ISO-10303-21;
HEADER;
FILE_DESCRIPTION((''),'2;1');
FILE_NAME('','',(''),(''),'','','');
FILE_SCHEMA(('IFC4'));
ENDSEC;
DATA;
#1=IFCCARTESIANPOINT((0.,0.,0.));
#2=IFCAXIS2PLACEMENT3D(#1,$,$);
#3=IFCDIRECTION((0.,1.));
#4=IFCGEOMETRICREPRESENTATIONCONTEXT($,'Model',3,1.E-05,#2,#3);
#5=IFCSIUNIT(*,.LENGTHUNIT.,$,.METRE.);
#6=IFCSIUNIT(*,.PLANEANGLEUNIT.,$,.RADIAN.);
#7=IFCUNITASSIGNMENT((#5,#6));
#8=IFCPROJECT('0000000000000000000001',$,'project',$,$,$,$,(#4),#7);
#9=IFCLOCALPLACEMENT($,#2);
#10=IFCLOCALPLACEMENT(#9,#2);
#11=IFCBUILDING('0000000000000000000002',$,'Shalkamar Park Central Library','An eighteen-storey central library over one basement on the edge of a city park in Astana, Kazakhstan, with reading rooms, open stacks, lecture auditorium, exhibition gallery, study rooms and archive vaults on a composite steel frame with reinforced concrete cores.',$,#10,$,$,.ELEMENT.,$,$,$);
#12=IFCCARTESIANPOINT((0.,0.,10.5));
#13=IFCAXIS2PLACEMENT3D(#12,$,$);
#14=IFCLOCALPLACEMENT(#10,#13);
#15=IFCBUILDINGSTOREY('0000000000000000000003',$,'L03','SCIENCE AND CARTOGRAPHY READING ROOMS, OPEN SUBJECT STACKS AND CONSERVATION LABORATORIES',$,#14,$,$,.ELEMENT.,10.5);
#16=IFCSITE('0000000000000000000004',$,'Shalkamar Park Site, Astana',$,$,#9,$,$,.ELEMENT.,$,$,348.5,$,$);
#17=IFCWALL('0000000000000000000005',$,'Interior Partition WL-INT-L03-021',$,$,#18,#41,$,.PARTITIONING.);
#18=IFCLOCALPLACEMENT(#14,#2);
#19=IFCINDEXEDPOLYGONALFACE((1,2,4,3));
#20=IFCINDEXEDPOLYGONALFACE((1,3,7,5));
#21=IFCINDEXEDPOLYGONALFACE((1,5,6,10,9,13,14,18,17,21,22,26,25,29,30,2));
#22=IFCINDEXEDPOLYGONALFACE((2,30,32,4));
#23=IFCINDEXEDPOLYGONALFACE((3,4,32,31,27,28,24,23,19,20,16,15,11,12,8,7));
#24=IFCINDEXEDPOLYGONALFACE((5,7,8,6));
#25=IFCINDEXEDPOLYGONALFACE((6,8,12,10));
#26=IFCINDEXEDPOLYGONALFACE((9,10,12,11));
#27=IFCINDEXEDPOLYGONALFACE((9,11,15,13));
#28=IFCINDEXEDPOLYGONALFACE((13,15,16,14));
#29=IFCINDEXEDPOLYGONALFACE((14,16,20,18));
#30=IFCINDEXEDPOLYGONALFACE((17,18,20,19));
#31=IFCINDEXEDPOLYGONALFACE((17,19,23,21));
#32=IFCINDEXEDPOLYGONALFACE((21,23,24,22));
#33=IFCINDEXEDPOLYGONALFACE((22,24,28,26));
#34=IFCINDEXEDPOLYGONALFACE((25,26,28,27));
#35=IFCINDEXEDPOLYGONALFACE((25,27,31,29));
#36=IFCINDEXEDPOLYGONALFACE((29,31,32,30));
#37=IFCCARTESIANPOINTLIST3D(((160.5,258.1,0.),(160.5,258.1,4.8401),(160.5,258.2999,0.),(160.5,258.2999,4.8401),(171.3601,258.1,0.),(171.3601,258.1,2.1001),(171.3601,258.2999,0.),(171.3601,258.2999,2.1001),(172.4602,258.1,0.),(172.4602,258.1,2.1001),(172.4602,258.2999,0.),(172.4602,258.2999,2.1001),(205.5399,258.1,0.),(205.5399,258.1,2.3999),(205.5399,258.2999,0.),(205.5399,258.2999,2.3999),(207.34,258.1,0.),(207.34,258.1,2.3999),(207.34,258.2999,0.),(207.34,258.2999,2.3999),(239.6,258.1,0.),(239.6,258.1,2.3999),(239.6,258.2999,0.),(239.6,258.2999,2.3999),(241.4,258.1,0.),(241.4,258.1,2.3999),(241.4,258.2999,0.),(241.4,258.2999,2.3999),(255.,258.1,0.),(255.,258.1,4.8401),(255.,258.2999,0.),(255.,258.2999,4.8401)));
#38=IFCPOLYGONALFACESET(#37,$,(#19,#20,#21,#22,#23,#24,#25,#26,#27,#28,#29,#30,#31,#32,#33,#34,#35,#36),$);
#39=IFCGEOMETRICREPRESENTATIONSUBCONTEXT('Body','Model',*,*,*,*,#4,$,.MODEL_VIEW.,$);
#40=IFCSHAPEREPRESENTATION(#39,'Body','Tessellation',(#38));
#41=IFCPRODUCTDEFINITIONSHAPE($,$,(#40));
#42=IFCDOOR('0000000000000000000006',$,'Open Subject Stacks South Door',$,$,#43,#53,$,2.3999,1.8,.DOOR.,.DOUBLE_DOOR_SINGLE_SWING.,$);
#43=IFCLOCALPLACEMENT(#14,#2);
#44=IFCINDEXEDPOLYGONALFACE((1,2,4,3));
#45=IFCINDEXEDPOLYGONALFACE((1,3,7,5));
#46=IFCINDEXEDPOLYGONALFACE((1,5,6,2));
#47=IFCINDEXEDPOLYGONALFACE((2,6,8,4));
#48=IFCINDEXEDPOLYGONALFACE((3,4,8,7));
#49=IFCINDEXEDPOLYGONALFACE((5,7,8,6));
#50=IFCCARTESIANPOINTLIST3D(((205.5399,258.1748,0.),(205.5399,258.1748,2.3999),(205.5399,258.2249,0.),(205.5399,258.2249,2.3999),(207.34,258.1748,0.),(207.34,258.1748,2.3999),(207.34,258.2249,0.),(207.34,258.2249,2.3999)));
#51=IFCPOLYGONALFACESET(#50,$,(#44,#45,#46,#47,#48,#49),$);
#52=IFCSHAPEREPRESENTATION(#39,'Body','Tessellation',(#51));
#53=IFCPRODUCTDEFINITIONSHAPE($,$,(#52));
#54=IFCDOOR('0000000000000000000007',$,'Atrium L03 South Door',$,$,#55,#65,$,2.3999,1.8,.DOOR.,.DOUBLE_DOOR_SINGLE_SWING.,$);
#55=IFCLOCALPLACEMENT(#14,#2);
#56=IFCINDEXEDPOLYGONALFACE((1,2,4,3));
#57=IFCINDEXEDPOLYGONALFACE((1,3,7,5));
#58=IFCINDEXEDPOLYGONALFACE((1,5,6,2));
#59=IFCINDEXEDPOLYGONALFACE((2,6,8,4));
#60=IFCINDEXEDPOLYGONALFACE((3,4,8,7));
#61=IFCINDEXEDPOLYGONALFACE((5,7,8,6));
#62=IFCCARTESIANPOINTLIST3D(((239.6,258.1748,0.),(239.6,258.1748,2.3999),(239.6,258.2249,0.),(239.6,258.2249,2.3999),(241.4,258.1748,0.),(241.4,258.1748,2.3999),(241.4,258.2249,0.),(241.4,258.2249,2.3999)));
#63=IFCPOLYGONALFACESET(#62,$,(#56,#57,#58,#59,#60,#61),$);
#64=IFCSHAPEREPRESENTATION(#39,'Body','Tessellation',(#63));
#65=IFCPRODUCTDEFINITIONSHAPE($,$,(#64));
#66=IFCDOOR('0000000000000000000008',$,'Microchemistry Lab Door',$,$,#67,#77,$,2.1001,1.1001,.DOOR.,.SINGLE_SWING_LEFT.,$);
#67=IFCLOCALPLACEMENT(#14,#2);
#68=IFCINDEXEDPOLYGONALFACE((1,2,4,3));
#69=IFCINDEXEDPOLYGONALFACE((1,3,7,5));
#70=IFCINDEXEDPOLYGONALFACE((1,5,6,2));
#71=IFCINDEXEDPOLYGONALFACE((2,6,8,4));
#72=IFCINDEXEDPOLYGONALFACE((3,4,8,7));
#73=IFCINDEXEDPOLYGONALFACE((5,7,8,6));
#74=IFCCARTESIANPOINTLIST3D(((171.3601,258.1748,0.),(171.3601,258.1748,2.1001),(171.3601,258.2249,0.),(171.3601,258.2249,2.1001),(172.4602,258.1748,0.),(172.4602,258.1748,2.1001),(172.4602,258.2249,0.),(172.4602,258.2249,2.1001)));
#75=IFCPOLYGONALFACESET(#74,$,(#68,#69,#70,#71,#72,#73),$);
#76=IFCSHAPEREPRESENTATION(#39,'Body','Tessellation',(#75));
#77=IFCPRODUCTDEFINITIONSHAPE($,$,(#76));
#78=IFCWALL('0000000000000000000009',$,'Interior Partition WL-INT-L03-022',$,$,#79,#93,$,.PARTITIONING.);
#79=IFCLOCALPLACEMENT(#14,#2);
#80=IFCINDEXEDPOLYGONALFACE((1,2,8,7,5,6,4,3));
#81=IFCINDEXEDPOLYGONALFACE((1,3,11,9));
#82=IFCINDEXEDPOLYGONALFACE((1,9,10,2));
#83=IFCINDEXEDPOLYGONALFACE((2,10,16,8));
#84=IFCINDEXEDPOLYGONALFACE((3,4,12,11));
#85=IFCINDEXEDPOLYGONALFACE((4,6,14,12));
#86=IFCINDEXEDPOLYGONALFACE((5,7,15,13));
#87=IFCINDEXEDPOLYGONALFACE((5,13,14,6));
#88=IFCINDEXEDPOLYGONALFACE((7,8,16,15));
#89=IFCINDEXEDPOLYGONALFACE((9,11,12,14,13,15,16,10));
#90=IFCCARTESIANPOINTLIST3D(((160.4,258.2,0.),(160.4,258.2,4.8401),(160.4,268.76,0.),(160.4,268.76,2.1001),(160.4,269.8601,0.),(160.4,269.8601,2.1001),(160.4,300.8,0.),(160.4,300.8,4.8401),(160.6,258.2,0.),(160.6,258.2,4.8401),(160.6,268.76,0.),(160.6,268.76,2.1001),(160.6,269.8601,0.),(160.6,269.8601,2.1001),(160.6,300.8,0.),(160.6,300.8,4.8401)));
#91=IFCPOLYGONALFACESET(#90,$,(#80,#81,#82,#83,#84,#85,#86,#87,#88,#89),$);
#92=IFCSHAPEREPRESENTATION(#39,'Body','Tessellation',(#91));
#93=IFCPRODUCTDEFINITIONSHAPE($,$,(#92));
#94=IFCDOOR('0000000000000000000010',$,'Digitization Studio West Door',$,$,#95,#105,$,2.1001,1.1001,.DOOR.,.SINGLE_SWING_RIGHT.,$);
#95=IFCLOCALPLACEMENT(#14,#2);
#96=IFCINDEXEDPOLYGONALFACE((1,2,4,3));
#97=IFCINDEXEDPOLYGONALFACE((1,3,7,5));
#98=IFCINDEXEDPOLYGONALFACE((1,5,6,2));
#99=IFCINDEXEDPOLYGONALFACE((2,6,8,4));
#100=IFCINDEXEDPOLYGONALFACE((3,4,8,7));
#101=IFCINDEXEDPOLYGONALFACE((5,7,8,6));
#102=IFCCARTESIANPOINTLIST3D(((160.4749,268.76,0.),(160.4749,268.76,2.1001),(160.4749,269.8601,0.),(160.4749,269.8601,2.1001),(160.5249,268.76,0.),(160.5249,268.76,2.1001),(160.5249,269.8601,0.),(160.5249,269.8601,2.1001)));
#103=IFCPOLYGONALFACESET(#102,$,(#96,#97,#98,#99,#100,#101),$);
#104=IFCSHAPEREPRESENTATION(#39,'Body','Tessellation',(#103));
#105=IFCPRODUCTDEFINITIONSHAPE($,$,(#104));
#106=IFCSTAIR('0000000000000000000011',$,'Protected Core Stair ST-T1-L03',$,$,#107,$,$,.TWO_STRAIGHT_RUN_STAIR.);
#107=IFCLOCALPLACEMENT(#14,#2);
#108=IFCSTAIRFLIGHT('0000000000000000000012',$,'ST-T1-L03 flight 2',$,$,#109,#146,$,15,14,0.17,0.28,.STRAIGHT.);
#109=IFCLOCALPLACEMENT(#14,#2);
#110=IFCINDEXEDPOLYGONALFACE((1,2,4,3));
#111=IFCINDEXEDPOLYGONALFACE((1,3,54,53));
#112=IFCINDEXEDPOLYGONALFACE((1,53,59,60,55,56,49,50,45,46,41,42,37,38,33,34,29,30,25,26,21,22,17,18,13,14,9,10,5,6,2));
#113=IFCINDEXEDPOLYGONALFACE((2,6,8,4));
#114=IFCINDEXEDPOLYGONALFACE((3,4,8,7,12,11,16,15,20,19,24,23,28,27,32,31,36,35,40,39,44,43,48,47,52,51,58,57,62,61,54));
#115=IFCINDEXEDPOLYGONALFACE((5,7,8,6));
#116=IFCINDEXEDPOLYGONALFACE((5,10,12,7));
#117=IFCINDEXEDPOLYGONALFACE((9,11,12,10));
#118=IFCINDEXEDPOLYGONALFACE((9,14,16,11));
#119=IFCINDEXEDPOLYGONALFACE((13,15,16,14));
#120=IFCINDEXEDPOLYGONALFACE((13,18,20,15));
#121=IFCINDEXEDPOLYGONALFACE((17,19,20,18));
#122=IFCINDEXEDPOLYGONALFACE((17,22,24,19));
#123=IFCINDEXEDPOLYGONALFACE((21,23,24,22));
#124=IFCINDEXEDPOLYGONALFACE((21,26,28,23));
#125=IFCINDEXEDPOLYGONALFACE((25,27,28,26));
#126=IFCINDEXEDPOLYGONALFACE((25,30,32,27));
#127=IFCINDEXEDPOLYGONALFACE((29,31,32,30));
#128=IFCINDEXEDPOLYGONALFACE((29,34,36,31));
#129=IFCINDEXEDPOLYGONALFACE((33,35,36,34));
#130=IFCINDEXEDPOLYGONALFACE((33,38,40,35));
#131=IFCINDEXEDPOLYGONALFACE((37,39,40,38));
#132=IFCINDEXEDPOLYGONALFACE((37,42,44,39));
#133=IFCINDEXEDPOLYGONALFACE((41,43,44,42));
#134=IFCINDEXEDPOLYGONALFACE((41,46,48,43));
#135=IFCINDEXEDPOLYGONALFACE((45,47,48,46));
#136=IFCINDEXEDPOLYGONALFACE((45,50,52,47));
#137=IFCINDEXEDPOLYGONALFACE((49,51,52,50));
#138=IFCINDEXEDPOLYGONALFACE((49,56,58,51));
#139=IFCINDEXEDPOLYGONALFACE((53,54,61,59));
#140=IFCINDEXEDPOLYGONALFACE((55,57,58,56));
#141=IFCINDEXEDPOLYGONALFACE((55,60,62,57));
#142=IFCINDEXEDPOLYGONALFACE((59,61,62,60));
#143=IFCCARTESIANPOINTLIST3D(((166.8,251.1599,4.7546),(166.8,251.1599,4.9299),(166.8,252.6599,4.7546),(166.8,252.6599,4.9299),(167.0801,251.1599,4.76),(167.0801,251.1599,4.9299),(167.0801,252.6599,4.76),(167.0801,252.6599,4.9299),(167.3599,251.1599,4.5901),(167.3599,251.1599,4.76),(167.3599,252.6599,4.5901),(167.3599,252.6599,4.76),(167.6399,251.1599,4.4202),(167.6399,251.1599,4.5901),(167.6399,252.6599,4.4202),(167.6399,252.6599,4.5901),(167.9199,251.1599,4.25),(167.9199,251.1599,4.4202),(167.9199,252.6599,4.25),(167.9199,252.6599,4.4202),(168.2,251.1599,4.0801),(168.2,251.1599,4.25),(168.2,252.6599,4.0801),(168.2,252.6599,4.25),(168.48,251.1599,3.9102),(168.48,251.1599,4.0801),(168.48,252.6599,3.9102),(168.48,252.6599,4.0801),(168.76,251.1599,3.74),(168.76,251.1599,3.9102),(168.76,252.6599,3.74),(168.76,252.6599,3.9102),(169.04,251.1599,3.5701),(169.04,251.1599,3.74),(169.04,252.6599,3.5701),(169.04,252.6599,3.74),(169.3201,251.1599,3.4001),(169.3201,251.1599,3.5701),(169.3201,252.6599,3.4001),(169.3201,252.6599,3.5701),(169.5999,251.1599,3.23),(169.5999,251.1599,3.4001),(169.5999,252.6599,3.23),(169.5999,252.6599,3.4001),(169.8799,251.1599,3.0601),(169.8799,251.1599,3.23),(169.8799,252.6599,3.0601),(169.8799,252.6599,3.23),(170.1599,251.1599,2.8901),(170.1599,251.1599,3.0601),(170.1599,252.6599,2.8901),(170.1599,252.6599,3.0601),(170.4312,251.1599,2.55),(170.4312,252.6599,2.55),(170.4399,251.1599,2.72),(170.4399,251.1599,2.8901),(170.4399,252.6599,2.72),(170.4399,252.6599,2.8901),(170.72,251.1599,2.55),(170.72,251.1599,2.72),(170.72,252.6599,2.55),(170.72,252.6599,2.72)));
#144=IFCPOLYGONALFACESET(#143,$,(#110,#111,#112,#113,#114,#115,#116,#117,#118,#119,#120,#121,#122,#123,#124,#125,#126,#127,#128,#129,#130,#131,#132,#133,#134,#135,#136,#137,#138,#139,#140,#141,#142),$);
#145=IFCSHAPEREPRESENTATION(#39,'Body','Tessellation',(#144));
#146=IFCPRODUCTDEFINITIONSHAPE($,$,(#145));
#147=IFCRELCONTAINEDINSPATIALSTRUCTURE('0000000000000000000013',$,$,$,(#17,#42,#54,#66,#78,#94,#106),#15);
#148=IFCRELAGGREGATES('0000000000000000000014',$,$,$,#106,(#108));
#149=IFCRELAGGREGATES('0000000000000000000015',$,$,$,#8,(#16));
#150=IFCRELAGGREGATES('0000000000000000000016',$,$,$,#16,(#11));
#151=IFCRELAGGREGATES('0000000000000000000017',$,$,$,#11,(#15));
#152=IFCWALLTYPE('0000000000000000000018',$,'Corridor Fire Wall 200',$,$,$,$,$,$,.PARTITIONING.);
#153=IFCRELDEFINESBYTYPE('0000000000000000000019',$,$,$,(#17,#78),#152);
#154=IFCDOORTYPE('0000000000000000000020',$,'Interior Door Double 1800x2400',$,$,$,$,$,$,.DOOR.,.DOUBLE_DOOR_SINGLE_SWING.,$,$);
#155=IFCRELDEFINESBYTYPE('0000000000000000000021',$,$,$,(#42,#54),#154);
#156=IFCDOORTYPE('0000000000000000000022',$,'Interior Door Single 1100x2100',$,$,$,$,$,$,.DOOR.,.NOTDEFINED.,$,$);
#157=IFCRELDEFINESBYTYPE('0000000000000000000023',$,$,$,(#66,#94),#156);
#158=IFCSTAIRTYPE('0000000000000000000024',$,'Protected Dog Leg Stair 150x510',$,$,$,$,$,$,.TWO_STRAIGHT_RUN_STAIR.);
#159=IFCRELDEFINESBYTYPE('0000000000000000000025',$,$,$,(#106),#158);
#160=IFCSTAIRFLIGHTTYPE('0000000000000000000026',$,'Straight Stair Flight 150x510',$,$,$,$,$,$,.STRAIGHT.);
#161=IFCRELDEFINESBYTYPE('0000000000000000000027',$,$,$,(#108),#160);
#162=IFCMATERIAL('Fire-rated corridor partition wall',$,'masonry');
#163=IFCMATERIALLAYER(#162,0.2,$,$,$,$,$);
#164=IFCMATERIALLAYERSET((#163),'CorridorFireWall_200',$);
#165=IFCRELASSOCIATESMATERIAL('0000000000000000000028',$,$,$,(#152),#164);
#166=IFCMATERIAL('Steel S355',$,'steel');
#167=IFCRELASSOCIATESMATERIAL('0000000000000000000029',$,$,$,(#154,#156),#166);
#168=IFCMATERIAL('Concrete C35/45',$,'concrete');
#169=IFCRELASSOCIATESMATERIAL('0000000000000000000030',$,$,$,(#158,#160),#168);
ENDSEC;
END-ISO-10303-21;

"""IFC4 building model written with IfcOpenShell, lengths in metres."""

from ifc_helpers import new_model, si_unit, direction, frame, frame_2d, origin, place, context, subcontext, project, spatial, polyline, rectangle, outline, extrude, material, layer, layer_set, type_object, element, fill, aggregate, save


model = new_model("IFC4")

# Units and contexts
model_context = context("Model", 3, precision=1e-05, world=origin(), true_north=direction((0.0, 1.0)))
body_context = subcontext(model_context, "Body", "Model", "MODEL_VIEW")
ifc_project = project(units=[si_unit("LENGTHUNIT", "METRE"), si_unit("PLANEANGLEUNIT", "RADIAN")], contexts=[model_context])

# Site, building, storey
site_placement = place(None, origin())
site = spatial("IfcSite", under=ifc_project, at=site_placement, Name="Shalkamar Park Site, Astana", CompositionType="ELEMENT", RefElevation=348.5)
building_placement = place(site_placement, origin())
building = spatial("IfcBuilding", under=site, at=building_placement, Name="Shalkamar Park Central Library", Description="An eighteen-storey central library over one basement on the edge of a city park in Astana, Kazakhstan, with reading rooms, open stacks, lecture auditorium, exhibition gallery, study rooms and archive vaults on a composite steel frame with reinforced concrete cores.", CompositionType="ELEMENT")
storey_placement = place(building_placement, frame((0.0, 0.0, 10.5)))
storey = spatial("IfcBuildingStorey", under=building, at=storey_placement, Name="L03", Description="SCIENCE AND CARTOGRAPHY READING ROOMS, OPEN SUBJECT STACKS AND CONSERVATION LABORATORIES", CompositionType="ELEMENT", Elevation=10.5)

# Shared definitions
ifc_material_1 = material(Name="Steel S355", Category="steel")

# Shared definitions
ifc_material_2 = material(Name="Fire-rated corridor partition wall", Category="masonry")
ifc_layer_1 = layer(ifc_material_2, 0.2)
ifc_layer_set_1 = layer_set([ifc_layer_1], Name="CorridorFireWall_200")
wall_type_1 = type_object("IfcWallType", Name="Corridor Fire Wall 200", PredefinedType="PARTITIONING", material=ifc_layer_set_1)

# Wall, openings, doors
wall_1_placement = place(storey_placement, frame((160.5, 258.2, 0.0), z_axis=(0.0, 0.0, 1.0), x_axis=(1.0, 0.0, 0.0)))
wall_1 = element("IfcWall", 1, at=wall_1_placement, inside=storey, type_object=wall_type_1, Name="Interior Partition WL-INT-L03-021", PredefinedType="PARTITIONING", context=body_context, shape_type="SweptSolid", body=[
    extrude(rectangle(XDim=94.5, YDim=0.2, at=frame_2d((47.25, 0.0))), origin(), (0.0, 0.0, 1.0), 4.8401),
])
opening_1_placement = place(wall_1_placement, frame((10.8601, 0.0, 0.0)))
opening_1 = element("IfcOpeningElement", 2, at=opening_1_placement, cuts=wall_1, PredefinedType="OPENING", context=body_context, shape_type="SweptSolid", body=[
    extrude(rectangle(XDim=1.1001, YDim=2.1001, at=frame_2d((0.55, 1.05))), frame((0.0, 0.1147, 0.0), z_axis=(0.0, -1.0, 0.0), x_axis=(1.0, 0.0, 0.0)), (0.0, 0.0, 1.0), 0.2297),
])
opening_2_placement = place(wall_1_placement, frame((45.04, 0.0, 0.0)))
opening_2 = element("IfcOpeningElement", 3, at=opening_2_placement, cuts=wall_1, PredefinedType="OPENING", context=body_context, shape_type="SweptSolid", body=[
    extrude(rectangle(XDim=1.8, YDim=2.3999, at=frame_2d((0.8999, 1.2))), frame((0.0, 0.1147, 0.0), z_axis=(0.0, -1.0, 0.0), x_axis=(1.0, 0.0, 0.0)), (0.0, 0.0, 1.0), 0.2297),
])
opening_3_placement = place(wall_1_placement, frame((79.1001, 0.0, 0.0)))
opening_3 = element("IfcOpeningElement", 4, at=opening_3_placement, cuts=wall_1, PredefinedType="OPENING", context=body_context, shape_type="SweptSolid", body=[
    extrude(rectangle(XDim=1.8, YDim=2.3999, at=frame_2d((0.8999, 1.2))), frame((0.0, 0.1147, 0.0), z_axis=(0.0, -1.0, 0.0), x_axis=(1.0, 0.0, 0.0)), (0.0, 0.0, 1.0), 0.2297),
])
door_type_1 = type_object("IfcDoorType", Name="Interior Door Double 1800x2400", OperationType="DOUBLE_DOOR_SINGLE_SWING", PredefinedType="DOOR", material=ifc_material_1)
door_1_placement = place(opening_2_placement, origin())
door_1 = element("IfcDoor", 5, at=door_1_placement, inside=storey, type_object=door_type_1, Name="Open Subject Stacks South Door", OperationType="DOUBLE_DOOR_SINGLE_SWING", OverallHeight=2.3999, OverallWidth=1.8, PredefinedType="DOOR", context=body_context, shape_type="SweptSolid", body=[
    extrude(rectangle(XDim=1.8, YDim=2.3999, at=frame_2d((0.8999, 1.2))), frame((0.0, 0.0249, 0.0), z_axis=(0.0, -1.0, 0.0), x_axis=(1.0, 0.0, 0.0)), (0.0, 0.0, 1.0), 0.05),
])
fill(opening_2, door_1)
door_2_placement = place(opening_3_placement, origin())
door_2 = element("IfcDoor", 6, at=door_2_placement, inside=storey, type_object=door_type_1, Name="Atrium L03 South Door", OperationType="DOUBLE_DOOR_SINGLE_SWING", OverallHeight=2.3999, OverallWidth=1.8, PredefinedType="DOOR", context=body_context, shape_type="SweptSolid", body=[
    extrude(rectangle(XDim=1.8, YDim=2.3999, at=frame_2d((0.8999, 1.2))), frame((0.0, 0.0249, 0.0), z_axis=(0.0, -1.0, 0.0), x_axis=(1.0, 0.0, 0.0)), (0.0, 0.0, 1.0), 0.05),
])
fill(opening_3, door_2)
door_type_2 = type_object("IfcDoorType", Name="Interior Door Single 1100x2100", OperationType="NOTDEFINED", PredefinedType="DOOR", material=ifc_material_1)
door_3_placement = place(opening_1_placement, origin())
door_3 = element("IfcDoor", 7, at=door_3_placement, inside=storey, type_object=door_type_2, Name="Microchemistry Lab Door", OperationType="SINGLE_SWING_LEFT", OverallHeight=2.1001, OverallWidth=1.1001, PredefinedType="DOOR", context=body_context, shape_type="SweptSolid", body=[
    extrude(rectangle(XDim=1.1001, YDim=2.1001, at=frame_2d((0.55, 1.05))), frame((0.0, 0.0249, 0.0), z_axis=(0.0, -1.0, 0.0), x_axis=(1.0, 0.0, 0.0)), (0.0, 0.0, 1.0), 0.05),
])
fill(opening_1, door_3)

# Wall, opening, door
wall_2_placement = place(storey_placement, frame((160.5, 258.2, 0.0), z_axis=(0.0, 0.0, 1.0), x_axis=(0.0, 1.0, 0.0)))
wall_2 = element("IfcWall", 8, at=wall_2_placement, inside=storey, type_object=wall_type_1, Name="Interior Partition WL-INT-L03-022", PredefinedType="PARTITIONING", context=body_context, shape_type="SweptSolid", body=[
    extrude(rectangle(XDim=42.6001, YDim=0.2, at=frame_2d((21.3, 0.0))), origin(), (0.0, 0.0, 1.0), 4.8401),
])
opening_4_placement = place(wall_2_placement, frame((10.5601, 0.0, 0.0)))
opening_4 = element("IfcOpeningElement", 9, at=opening_4_placement, cuts=wall_2, PredefinedType="OPENING", context=body_context, shape_type="SweptSolid", body=[
    extrude(rectangle(XDim=1.1001, YDim=2.1001, at=frame_2d((0.55, 1.05))), frame((0.0, 0.1147, 0.0), z_axis=(0.0, -1.0, 0.0), x_axis=(1.0, 0.0, 0.0)), (0.0, 0.0, 1.0), 0.2297),
])
door_4_placement = place(opening_4_placement, frame((1.1001, 0.0, 0.0), z_axis=(0.0, 0.0, 1.0), x_axis=(-1.0, 0.0, 0.0)))
door_4 = element("IfcDoor", 10, at=door_4_placement, inside=storey, type_object=door_type_2, Name="Digitization Studio West Door", OperationType="SINGLE_SWING_RIGHT", OverallHeight=2.1001, OverallWidth=1.1001, PredefinedType="DOOR", context=body_context, shape_type="SweptSolid", body=[
    extrude(rectangle(XDim=1.1001, YDim=2.1001, at=frame_2d((0.55, 1.05))), frame((0.0, 0.0249, 0.0), z_axis=(0.0, -1.0, 0.0), x_axis=(1.0, 0.0, 0.0)), (0.0, 0.0, 1.0), 0.05),
])
fill(opening_4, door_4)

# Stair, stair flight
ifc_material_3 = material(Name="Concrete C35/45", Category="concrete")
stair_type = type_object("IfcStairType", Name="Protected Dog Leg Stair 150x510", PredefinedType="TWO_STRAIGHT_RUN_STAIR", material=ifc_material_3)
stair_1_placement = place(storey_placement, origin())
stair_1 = element("IfcStair", 11, at=stair_1_placement, inside=storey, type_object=stair_type, Name="Protected Core Stair ST-T1-L03", PredefinedType="TWO_STRAIGHT_RUN_STAIR")
stair_flight_type = type_object("IfcStairFlightType", Name="Straight Stair Flight 150x510", PredefinedType="STRAIGHT", material=ifc_material_3)
stair_flight_1_placement = place(storey_placement, frame((170.72, 251.9099, 2.55), z_axis=(0.0, 0.0, 1.0), x_axis=(-1.0, 0.0, 0.0)))
stair_flight_1 = element("IfcStairFlight", 12, at=stair_flight_1_placement, type_object=stair_flight_type, Name="ST-T1-L03 flight 2", NumberOfRisers=15, NumberOfTreads=14, PredefinedType="STRAIGHT", RiserHeight=0.17, TreadLength=0.28, context=body_context, shape_type="SweptSolid", body=[
    extrude(outline(polyline([(0.0, 0.0), (0.0, 0.1699), (0.28, 0.1699), (0.28, 0.3401), (0.5601, 0.3401), (0.5601, 0.51), (0.8401, 0.51), (0.8401, 0.6799), (1.1201, 0.6799), (1.1201, 0.8501), (1.3999, 0.8501), (1.3999, 1.02), (1.6799, 1.02), (1.6799, 1.1899), (1.96, 1.1899), (1.96, 1.3601), (2.24, 1.3601), (2.24, 1.53), (2.52, 1.53), (2.52, 1.7), (2.8, 1.7), (2.8, 1.8701), (3.0801, 1.8701), (3.0801, 2.04), (3.3601, 2.04), (3.3601, 2.21), (3.6399, 2.21), (3.6399, 2.3799), (3.9199, 2.3799), (3.9199, 2.55), (3.9199, 2.2046), (0.2888, 0.0), (0.0, 0.0)])), frame((0.0, 0.75, 0.0), z_axis=(0.0, -1.0, 0.0), x_axis=(1.0, 0.0, 0.0)), (0.0, 0.0, 1.0), 1.5),
])
aggregate(stair_1, [stair_flight_1])

save(model, "model.ifc")
